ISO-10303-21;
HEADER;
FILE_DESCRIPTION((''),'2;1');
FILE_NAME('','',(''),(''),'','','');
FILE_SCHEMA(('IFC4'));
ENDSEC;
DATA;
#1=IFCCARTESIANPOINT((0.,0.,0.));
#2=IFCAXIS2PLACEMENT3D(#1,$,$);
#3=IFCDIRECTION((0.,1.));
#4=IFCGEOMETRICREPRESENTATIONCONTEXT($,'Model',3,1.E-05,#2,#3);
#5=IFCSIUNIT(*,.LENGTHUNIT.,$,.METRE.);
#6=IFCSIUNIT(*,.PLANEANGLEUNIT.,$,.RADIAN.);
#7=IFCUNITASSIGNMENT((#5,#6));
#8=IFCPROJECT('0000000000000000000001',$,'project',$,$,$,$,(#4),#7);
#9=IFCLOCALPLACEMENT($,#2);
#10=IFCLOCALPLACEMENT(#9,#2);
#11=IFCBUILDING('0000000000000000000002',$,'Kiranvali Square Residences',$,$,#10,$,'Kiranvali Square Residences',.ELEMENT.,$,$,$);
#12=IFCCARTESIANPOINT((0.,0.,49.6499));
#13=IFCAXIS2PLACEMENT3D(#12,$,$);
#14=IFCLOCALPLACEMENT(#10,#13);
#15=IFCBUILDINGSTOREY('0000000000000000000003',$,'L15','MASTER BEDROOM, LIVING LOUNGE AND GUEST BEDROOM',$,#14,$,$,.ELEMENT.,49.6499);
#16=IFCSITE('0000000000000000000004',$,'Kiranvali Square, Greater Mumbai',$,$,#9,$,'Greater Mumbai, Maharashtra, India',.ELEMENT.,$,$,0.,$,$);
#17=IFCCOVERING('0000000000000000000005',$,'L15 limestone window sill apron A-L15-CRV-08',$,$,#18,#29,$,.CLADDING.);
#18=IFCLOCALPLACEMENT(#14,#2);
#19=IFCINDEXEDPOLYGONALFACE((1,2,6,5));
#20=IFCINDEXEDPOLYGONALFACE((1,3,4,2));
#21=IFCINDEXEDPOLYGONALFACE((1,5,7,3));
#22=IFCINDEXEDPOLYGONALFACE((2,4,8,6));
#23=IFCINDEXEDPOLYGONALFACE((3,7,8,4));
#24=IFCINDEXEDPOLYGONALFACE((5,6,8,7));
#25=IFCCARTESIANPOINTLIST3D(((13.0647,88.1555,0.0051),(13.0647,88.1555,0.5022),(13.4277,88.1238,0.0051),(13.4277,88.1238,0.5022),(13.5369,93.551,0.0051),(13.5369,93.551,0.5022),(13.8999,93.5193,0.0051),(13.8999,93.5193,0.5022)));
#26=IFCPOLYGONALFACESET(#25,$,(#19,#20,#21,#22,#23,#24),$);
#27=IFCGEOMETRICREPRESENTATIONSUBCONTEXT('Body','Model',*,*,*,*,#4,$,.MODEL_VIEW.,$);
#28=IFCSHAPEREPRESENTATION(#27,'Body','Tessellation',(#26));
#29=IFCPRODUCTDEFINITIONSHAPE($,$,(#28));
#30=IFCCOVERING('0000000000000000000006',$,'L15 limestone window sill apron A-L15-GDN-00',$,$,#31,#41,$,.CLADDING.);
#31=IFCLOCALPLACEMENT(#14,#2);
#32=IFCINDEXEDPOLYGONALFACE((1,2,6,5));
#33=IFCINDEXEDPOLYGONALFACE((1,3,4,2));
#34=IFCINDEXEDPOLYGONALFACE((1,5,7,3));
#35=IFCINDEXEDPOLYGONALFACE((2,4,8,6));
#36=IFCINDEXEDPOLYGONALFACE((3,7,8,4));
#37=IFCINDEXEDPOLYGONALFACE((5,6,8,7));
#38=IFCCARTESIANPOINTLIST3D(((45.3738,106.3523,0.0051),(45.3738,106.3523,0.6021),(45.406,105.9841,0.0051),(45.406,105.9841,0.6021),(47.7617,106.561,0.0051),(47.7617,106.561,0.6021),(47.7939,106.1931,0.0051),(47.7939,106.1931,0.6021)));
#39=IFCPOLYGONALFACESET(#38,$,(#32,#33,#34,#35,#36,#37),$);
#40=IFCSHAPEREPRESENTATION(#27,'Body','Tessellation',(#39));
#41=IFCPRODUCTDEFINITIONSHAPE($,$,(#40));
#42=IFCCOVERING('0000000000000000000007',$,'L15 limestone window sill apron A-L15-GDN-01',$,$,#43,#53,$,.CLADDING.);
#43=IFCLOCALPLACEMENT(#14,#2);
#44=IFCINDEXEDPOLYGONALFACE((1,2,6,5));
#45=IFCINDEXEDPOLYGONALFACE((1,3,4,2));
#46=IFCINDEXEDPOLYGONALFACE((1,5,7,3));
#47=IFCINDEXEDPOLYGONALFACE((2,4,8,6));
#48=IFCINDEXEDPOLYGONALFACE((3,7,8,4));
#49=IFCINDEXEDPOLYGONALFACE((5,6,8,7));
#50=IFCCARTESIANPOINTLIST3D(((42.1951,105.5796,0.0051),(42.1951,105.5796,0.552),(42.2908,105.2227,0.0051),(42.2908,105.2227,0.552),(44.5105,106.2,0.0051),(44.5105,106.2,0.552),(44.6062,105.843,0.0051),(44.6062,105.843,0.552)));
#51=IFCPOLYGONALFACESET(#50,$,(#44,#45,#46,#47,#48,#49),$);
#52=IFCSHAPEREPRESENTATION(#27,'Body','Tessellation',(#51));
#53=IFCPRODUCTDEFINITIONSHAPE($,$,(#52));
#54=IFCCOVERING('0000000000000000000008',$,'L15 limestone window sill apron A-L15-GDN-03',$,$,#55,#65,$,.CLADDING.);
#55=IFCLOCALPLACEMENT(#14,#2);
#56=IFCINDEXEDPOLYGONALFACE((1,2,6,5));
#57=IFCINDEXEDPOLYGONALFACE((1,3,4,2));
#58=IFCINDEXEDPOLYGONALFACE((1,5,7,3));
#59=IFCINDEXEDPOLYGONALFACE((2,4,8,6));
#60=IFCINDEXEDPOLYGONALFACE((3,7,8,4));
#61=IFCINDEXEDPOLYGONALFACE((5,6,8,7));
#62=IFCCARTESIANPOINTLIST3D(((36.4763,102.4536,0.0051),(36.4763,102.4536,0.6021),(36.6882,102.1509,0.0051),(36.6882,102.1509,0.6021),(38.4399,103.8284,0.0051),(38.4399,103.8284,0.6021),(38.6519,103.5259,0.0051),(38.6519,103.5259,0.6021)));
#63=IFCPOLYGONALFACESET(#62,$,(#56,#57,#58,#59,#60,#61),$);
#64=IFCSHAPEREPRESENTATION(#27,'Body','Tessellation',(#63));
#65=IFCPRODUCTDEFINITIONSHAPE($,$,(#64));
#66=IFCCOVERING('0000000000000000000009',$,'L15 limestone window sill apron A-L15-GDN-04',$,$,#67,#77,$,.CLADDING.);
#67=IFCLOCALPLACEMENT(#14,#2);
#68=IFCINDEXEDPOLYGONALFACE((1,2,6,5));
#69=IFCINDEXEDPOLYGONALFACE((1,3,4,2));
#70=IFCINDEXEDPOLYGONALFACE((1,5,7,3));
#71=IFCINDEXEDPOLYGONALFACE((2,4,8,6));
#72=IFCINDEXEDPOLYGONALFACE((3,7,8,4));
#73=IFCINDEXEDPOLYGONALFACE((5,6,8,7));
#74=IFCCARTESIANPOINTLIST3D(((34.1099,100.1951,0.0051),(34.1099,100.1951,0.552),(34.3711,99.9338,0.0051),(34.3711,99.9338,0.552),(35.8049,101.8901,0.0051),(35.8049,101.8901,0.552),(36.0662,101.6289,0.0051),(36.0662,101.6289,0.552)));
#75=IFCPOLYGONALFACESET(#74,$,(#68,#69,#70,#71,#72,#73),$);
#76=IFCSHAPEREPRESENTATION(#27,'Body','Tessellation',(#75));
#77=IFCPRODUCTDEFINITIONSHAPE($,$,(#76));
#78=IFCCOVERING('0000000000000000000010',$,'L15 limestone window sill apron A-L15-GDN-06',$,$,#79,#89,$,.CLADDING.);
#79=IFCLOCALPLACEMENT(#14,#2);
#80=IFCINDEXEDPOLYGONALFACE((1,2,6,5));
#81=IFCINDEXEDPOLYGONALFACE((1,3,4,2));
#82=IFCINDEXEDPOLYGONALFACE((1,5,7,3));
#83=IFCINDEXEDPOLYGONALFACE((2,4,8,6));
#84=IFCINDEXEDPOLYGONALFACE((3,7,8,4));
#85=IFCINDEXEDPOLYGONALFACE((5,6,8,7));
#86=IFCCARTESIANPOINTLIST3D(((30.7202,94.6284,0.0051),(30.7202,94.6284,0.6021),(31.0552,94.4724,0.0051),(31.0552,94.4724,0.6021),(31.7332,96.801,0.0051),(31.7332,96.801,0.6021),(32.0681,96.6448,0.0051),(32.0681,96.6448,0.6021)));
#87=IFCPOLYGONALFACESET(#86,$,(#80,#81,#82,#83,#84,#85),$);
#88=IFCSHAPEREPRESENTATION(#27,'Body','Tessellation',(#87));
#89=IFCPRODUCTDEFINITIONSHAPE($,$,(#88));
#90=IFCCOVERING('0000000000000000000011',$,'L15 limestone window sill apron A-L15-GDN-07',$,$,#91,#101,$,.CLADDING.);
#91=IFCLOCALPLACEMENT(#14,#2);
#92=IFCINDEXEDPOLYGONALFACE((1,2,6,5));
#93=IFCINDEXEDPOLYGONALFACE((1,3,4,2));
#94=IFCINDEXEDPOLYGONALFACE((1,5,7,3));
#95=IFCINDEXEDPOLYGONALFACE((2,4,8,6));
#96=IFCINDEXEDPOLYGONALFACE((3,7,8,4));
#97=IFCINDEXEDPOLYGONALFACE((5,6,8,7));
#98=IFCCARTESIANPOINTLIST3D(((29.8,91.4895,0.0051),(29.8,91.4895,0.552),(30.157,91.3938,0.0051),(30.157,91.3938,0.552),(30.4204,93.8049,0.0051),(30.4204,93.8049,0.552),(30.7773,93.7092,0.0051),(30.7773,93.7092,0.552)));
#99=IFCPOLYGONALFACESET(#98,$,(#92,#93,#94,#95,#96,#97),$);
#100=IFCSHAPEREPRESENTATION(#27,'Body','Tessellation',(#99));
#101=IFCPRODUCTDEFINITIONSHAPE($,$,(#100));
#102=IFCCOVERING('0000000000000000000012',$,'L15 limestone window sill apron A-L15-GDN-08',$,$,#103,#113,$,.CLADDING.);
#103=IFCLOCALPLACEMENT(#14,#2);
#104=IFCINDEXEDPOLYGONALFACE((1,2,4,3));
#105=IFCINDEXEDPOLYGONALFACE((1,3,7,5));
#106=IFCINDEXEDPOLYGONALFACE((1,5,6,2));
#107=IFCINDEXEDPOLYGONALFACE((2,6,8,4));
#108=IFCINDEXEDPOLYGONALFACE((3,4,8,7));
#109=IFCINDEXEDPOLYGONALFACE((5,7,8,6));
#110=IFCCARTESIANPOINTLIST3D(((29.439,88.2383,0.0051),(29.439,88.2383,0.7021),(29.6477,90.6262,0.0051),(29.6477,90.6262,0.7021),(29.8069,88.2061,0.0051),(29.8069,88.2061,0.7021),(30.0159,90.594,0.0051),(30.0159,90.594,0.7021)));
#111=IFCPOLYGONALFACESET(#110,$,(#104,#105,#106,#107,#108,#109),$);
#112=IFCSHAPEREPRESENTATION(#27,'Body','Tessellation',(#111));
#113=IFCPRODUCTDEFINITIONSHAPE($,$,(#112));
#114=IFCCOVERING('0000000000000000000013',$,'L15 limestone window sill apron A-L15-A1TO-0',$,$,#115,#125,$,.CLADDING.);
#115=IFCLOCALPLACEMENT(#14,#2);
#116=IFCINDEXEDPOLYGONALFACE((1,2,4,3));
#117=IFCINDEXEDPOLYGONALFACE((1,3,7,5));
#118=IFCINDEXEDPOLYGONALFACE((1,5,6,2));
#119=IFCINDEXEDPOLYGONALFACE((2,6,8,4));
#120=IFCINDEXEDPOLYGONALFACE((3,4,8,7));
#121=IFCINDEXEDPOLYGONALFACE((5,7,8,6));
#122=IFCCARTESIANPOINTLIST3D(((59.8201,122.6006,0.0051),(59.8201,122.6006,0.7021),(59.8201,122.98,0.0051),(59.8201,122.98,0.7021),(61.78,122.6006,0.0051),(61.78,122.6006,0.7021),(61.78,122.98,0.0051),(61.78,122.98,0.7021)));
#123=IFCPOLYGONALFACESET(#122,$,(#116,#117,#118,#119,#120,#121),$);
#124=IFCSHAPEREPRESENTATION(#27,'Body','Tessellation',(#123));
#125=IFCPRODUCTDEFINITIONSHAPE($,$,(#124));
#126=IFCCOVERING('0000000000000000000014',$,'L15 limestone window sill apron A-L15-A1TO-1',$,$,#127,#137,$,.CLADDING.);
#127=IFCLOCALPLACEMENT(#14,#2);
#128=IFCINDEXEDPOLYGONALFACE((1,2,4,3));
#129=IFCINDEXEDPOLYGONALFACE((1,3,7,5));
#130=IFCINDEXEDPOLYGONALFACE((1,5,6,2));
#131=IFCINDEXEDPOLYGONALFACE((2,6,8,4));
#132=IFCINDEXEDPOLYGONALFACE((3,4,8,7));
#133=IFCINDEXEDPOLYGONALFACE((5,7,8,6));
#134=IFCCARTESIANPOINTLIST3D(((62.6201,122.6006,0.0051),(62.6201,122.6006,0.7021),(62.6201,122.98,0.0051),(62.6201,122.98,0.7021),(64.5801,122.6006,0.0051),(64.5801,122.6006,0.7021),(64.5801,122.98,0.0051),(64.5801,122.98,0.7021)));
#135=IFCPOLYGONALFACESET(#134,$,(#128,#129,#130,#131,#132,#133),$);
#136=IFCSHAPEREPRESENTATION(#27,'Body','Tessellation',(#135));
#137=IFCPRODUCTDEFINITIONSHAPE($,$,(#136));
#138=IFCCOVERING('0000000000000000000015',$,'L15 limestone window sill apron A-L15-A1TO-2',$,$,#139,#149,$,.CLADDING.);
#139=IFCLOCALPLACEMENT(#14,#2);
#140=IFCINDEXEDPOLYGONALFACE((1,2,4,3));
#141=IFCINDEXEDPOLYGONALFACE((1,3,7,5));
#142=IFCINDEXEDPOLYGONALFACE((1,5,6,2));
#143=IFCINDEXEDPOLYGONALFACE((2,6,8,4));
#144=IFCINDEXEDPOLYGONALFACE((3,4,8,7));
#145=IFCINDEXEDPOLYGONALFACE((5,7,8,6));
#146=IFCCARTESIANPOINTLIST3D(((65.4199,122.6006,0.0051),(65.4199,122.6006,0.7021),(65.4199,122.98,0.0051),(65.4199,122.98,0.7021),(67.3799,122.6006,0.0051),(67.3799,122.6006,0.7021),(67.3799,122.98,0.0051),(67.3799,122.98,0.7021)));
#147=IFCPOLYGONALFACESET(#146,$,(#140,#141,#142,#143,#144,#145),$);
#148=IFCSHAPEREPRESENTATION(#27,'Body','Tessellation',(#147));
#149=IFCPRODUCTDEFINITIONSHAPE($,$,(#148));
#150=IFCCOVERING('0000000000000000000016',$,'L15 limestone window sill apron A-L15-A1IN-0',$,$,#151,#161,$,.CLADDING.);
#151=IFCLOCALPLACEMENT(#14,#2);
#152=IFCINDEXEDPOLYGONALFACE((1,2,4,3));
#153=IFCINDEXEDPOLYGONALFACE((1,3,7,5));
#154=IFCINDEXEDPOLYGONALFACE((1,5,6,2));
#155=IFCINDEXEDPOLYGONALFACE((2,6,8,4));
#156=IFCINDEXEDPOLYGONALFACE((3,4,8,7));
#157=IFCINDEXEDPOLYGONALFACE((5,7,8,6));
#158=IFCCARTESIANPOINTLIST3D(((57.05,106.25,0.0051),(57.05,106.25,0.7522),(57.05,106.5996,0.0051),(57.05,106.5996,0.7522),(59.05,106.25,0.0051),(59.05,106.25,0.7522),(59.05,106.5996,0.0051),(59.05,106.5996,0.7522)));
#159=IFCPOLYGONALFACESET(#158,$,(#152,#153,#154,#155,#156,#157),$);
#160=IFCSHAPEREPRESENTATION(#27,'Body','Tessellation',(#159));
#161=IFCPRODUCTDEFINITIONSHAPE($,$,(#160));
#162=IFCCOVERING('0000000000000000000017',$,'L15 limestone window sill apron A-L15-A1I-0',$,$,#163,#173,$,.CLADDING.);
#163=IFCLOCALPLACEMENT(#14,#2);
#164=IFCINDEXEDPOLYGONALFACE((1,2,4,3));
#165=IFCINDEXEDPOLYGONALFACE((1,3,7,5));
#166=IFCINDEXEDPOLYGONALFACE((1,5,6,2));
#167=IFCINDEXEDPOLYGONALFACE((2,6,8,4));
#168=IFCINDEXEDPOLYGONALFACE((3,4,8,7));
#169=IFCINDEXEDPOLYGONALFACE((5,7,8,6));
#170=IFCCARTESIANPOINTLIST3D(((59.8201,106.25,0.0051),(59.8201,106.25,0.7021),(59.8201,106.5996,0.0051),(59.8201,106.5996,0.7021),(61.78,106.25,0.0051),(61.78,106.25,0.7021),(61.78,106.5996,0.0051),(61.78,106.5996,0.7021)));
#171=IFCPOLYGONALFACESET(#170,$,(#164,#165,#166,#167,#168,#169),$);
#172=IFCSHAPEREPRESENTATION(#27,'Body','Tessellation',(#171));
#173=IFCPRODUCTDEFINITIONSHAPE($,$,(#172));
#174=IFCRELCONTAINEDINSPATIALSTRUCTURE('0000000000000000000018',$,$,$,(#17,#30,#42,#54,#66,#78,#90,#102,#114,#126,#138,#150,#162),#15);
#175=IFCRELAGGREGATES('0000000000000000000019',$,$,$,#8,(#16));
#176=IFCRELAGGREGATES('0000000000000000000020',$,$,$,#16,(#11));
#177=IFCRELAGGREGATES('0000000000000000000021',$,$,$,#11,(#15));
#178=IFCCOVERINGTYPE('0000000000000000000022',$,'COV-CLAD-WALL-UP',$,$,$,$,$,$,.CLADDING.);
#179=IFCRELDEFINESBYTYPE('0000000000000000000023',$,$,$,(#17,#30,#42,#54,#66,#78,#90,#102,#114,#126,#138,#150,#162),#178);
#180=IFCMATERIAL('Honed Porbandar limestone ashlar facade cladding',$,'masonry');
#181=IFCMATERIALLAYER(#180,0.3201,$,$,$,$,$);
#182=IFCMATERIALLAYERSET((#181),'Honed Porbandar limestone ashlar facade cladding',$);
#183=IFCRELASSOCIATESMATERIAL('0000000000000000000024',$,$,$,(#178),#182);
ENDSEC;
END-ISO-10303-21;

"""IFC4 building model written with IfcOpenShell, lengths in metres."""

from ifc_helpers import new_model, si_unit, direction, frame, origin, place, context, subcontext, project, spatial, polyline, outline, extrude, material, layer, layer_set, type_object, element, save


model = new_model("IFC4")

# Units and contexts
model_context = context("Model", 3, precision=1e-05, world=origin(), true_north=direction((0.0, 1.0)))
body_context = subcontext(model_context, "Body", "Model", "MODEL_VIEW")
ifc_project = project(units=[si_unit("LENGTHUNIT", "METRE"), si_unit("PLANEANGLEUNIT", "RADIAN")], contexts=[model_context])

# Site, building, storey
site_placement = place(None, origin())
site = spatial("IfcSite", under=ifc_project, at=site_placement, Name="Kiranvali Square, Greater Mumbai", LongName="Greater Mumbai, Maharashtra, India", CompositionType="ELEMENT", RefElevation=0.0)
building_placement = place(site_placement, origin())
building = spatial("IfcBuilding", under=site, at=building_placement, Name="Kiranvali Square Residences", LongName="Kiranvali Square Residences", CompositionType="ELEMENT")
storey_placement = place(building_placement, frame((0.0, 0.0, 49.6499)))
storey = spatial("IfcBuildingStorey", under=building, at=storey_placement, Name="L15", Description="MASTER BEDROOM, LIVING LOUNGE AND GUEST BEDROOM", CompositionType="ELEMENT", Elevation=49.6499)

# Coverings
ifc_material = material(Name="Honed Porbandar limestone ashlar facade cladding", Category="masonry")
ifc_layer_1 = layer(ifc_material, 0.3201)
ifc_layer_set_1 = layer_set([ifc_layer_1], Name="Honed Porbandar limestone ashlar facade cladding")
covering_type_1 = type_object("IfcCoveringType", Name="COV-CLAD-WALL-UP", PredefinedType="CLADDING", material=ifc_layer_set_1)
covering_1_placement = place(storey_placement, frame((0.0, 0.0, 0.0051)))
element("IfcCovering", 1, at=covering_1_placement, inside=storey, type_object=covering_type_1, Name="L15 limestone window sill apron A-L15-CRV-08", PredefinedType="CLADDING", context=body_context, shape_type="SweptSolid", body=[
    extrude(outline(polyline([(13.5369, 93.551), (13.0647, 88.1555), (13.4277, 88.1238), (13.8999, 93.5193), (13.5369, 93.551)])), origin(), (0.0, 0.0, 1.0), 0.4971),
])
covering_2_placement = place(storey_placement, frame((0.0, 0.0, 0.0051)))
element("IfcCovering", 2, at=covering_2_placement, inside=storey, type_object=covering_type_1, Name="L15 limestone window sill apron A-L15-GDN-00", PredefinedType="CLADDING", context=body_context, shape_type="SweptSolid", body=[
    extrude(outline(polyline([(47.7617, 106.561), (45.3738, 106.3523), (45.406, 105.9841), (47.7939, 106.1931), (47.7617, 106.561)])), origin(), (0.0, 0.0, 1.0), 0.5969),
])
covering_3_placement = place(storey_placement, frame((0.0, 0.0, 0.0051)))
element("IfcCovering", 3, at=covering_3_placement, inside=storey, type_object=covering_type_1, Name="L15 limestone window sill apron A-L15-GDN-01", PredefinedType="CLADDING", context=body_context, shape_type="SweptSolid", body=[
    extrude(outline(polyline([(44.5105, 106.2), (42.1951, 105.5796), (42.2908, 105.2227), (44.6062, 105.843), (44.5105, 106.2)])), origin(), (0.0, 0.0, 1.0), 0.5469),
])
covering_4_placement = place(storey_placement, frame((0.0, 0.0, 0.0051)))
element("IfcCovering", 4, at=covering_4_placement, inside=storey, type_object=covering_type_1, Name="L15 limestone window sill apron A-L15-GDN-03", PredefinedType="CLADDING", context=body_context, shape_type="SweptSolid", body=[
    extrude(outline(polyline([(38.4399, 103.8284), (36.4763, 102.4536), (36.6882, 102.1509), (38.6519, 103.5259), (38.4399, 103.8284)])), origin(), (0.0, 0.0, 1.0), 0.5969),
])
covering_5_placement = place(storey_placement, frame((0.0, 0.0, 0.0051)))
element("IfcCovering", 5, at=covering_5_placement, inside=storey, type_object=covering_type_1, Name="L15 limestone window sill apron A-L15-GDN-04", PredefinedType="CLADDING", context=body_context, shape_type="SweptSolid", body=[
    extrude(outline(polyline([(35.8049, 101.8901), (34.1099, 100.1951), (34.3711, 99.9338), (36.0662, 101.6289), (35.8049, 101.8901)])), origin(), (0.0, 0.0, 1.0), 0.5469),
])
covering_6_placement = place(storey_placement, frame((0.0, 0.0, 0.0051)))
element("IfcCovering", 6, at=covering_6_placement, inside=storey, type_object=covering_type_1, Name="L15 limestone window sill apron A-L15-GDN-06", PredefinedType="CLADDING", context=body_context, shape_type="SweptSolid", body=[
    extrude(outline(polyline([(31.7332, 96.801), (30.7202, 94.6284), (31.0552, 94.4724), (32.0681, 96.6448), (31.7332, 96.801)])), origin(), (0.0, 0.0, 1.0), 0.5969),
])
covering_7_placement = place(storey_placement, frame((0.0, 0.0, 0.0051)))
element("IfcCovering", 7, at=covering_7_placement, inside=storey, type_object=covering_type_1, Name="L15 limestone window sill apron A-L15-GDN-07", PredefinedType="CLADDING", context=body_context, shape_type="SweptSolid", body=[
    extrude(outline(polyline([(30.4204, 93.8049), (29.8, 91.4895), (30.157, 91.3938), (30.7773, 93.7092), (30.4204, 93.8049)])), origin(), (0.0, 0.0, 1.0), 0.5469),
])
covering_8_placement = place(storey_placement, frame((0.0, 0.0, 0.0051)))
element("IfcCovering", 8, at=covering_8_placement, inside=storey, type_object=covering_type_1, Name="L15 limestone window sill apron A-L15-GDN-08", PredefinedType="CLADDING", context=body_context, shape_type="SweptSolid", body=[
    extrude(outline(polyline([(29.6477, 90.6262), (29.439, 88.2383), (29.8069, 88.2061), (30.0159, 90.594), (29.6477, 90.6262)])), origin(), (0.0, 0.0, 1.0), 0.697),
])
covering_9_placement = place(storey_placement, frame((0.0, 0.0, 0.0051)))
element("IfcCovering", 9, at=covering_9_placement, inside=storey, type_object=covering_type_1, Name="L15 limestone window sill apron A-L15-A1TO-0", PredefinedType="CLADDING", context=body_context, shape_type="SweptSolid", body=[
    extrude(outline(polyline([(59.8201, 122.6006), (61.78, 122.6006), (61.78, 122.98), (59.8201, 122.98), (59.8201, 122.6006)])), origin(), (0.0, 0.0, 1.0), 0.697),
])
covering_10_placement = place(storey_placement, frame((0.0, 0.0, 0.0051)))
element("IfcCovering", 10, at=covering_10_placement, inside=storey, type_object=covering_type_1, Name="L15 limestone window sill apron A-L15-A1TO-1", PredefinedType="CLADDING", context=body_context, shape_type="SweptSolid", body=[
    extrude(outline(polyline([(62.6201, 122.6006), (64.5801, 122.6006), (64.5801, 122.98), (62.6201, 122.98), (62.6201, 122.6006)])), origin(), (0.0, 0.0, 1.0), 0.697),
])
covering_11_placement = place(storey_placement, frame((0.0, 0.0, 0.0051)))
element("IfcCovering", 11, at=covering_11_placement, inside=storey, type_object=covering_type_1, Name="L15 limestone window sill apron A-L15-A1TO-2", PredefinedType="CLADDING", context=body_context, shape_type="SweptSolid", body=[
    extrude(outline(polyline([(65.4199, 122.6006), (67.3799, 122.6006), (67.3799, 122.98), (65.4199, 122.98), (65.4199, 122.6006)])), origin(), (0.0, 0.0, 1.0), 0.697),
])
covering_12_placement = place(storey_placement, frame((0.0, 0.0, 0.0051)))
element("IfcCovering", 12, at=covering_12_placement, inside=storey, type_object=covering_type_1, Name="L15 limestone window sill apron A-L15-A1IN-0", PredefinedType="CLADDING", context=body_context, shape_type="SweptSolid", body=[
    extrude(outline(polyline([(57.05, 106.25), (59.05, 106.25), (59.05, 106.5996), (57.05, 106.5996), (57.05, 106.25)])), origin(), (0.0, 0.0, 1.0), 0.7471),
])
covering_13_placement = place(storey_placement, frame((0.0, 0.0, 0.0051)))
element("IfcCovering", 13, at=covering_13_placement, inside=storey, type_object=covering_type_1, Name="L15 limestone window sill apron A-L15-A1I-0", PredefinedType="CLADDING", context=body_context, shape_type="SweptSolid", body=[
    extrude(outline(polyline([(59.8201, 106.25), (61.78, 106.25), (61.78, 106.5996), (59.8201, 106.5996), (59.8201, 106.25)])), origin(), (0.0, 0.0, 1.0), 0.697),
])

save(model, "model.ifc")
